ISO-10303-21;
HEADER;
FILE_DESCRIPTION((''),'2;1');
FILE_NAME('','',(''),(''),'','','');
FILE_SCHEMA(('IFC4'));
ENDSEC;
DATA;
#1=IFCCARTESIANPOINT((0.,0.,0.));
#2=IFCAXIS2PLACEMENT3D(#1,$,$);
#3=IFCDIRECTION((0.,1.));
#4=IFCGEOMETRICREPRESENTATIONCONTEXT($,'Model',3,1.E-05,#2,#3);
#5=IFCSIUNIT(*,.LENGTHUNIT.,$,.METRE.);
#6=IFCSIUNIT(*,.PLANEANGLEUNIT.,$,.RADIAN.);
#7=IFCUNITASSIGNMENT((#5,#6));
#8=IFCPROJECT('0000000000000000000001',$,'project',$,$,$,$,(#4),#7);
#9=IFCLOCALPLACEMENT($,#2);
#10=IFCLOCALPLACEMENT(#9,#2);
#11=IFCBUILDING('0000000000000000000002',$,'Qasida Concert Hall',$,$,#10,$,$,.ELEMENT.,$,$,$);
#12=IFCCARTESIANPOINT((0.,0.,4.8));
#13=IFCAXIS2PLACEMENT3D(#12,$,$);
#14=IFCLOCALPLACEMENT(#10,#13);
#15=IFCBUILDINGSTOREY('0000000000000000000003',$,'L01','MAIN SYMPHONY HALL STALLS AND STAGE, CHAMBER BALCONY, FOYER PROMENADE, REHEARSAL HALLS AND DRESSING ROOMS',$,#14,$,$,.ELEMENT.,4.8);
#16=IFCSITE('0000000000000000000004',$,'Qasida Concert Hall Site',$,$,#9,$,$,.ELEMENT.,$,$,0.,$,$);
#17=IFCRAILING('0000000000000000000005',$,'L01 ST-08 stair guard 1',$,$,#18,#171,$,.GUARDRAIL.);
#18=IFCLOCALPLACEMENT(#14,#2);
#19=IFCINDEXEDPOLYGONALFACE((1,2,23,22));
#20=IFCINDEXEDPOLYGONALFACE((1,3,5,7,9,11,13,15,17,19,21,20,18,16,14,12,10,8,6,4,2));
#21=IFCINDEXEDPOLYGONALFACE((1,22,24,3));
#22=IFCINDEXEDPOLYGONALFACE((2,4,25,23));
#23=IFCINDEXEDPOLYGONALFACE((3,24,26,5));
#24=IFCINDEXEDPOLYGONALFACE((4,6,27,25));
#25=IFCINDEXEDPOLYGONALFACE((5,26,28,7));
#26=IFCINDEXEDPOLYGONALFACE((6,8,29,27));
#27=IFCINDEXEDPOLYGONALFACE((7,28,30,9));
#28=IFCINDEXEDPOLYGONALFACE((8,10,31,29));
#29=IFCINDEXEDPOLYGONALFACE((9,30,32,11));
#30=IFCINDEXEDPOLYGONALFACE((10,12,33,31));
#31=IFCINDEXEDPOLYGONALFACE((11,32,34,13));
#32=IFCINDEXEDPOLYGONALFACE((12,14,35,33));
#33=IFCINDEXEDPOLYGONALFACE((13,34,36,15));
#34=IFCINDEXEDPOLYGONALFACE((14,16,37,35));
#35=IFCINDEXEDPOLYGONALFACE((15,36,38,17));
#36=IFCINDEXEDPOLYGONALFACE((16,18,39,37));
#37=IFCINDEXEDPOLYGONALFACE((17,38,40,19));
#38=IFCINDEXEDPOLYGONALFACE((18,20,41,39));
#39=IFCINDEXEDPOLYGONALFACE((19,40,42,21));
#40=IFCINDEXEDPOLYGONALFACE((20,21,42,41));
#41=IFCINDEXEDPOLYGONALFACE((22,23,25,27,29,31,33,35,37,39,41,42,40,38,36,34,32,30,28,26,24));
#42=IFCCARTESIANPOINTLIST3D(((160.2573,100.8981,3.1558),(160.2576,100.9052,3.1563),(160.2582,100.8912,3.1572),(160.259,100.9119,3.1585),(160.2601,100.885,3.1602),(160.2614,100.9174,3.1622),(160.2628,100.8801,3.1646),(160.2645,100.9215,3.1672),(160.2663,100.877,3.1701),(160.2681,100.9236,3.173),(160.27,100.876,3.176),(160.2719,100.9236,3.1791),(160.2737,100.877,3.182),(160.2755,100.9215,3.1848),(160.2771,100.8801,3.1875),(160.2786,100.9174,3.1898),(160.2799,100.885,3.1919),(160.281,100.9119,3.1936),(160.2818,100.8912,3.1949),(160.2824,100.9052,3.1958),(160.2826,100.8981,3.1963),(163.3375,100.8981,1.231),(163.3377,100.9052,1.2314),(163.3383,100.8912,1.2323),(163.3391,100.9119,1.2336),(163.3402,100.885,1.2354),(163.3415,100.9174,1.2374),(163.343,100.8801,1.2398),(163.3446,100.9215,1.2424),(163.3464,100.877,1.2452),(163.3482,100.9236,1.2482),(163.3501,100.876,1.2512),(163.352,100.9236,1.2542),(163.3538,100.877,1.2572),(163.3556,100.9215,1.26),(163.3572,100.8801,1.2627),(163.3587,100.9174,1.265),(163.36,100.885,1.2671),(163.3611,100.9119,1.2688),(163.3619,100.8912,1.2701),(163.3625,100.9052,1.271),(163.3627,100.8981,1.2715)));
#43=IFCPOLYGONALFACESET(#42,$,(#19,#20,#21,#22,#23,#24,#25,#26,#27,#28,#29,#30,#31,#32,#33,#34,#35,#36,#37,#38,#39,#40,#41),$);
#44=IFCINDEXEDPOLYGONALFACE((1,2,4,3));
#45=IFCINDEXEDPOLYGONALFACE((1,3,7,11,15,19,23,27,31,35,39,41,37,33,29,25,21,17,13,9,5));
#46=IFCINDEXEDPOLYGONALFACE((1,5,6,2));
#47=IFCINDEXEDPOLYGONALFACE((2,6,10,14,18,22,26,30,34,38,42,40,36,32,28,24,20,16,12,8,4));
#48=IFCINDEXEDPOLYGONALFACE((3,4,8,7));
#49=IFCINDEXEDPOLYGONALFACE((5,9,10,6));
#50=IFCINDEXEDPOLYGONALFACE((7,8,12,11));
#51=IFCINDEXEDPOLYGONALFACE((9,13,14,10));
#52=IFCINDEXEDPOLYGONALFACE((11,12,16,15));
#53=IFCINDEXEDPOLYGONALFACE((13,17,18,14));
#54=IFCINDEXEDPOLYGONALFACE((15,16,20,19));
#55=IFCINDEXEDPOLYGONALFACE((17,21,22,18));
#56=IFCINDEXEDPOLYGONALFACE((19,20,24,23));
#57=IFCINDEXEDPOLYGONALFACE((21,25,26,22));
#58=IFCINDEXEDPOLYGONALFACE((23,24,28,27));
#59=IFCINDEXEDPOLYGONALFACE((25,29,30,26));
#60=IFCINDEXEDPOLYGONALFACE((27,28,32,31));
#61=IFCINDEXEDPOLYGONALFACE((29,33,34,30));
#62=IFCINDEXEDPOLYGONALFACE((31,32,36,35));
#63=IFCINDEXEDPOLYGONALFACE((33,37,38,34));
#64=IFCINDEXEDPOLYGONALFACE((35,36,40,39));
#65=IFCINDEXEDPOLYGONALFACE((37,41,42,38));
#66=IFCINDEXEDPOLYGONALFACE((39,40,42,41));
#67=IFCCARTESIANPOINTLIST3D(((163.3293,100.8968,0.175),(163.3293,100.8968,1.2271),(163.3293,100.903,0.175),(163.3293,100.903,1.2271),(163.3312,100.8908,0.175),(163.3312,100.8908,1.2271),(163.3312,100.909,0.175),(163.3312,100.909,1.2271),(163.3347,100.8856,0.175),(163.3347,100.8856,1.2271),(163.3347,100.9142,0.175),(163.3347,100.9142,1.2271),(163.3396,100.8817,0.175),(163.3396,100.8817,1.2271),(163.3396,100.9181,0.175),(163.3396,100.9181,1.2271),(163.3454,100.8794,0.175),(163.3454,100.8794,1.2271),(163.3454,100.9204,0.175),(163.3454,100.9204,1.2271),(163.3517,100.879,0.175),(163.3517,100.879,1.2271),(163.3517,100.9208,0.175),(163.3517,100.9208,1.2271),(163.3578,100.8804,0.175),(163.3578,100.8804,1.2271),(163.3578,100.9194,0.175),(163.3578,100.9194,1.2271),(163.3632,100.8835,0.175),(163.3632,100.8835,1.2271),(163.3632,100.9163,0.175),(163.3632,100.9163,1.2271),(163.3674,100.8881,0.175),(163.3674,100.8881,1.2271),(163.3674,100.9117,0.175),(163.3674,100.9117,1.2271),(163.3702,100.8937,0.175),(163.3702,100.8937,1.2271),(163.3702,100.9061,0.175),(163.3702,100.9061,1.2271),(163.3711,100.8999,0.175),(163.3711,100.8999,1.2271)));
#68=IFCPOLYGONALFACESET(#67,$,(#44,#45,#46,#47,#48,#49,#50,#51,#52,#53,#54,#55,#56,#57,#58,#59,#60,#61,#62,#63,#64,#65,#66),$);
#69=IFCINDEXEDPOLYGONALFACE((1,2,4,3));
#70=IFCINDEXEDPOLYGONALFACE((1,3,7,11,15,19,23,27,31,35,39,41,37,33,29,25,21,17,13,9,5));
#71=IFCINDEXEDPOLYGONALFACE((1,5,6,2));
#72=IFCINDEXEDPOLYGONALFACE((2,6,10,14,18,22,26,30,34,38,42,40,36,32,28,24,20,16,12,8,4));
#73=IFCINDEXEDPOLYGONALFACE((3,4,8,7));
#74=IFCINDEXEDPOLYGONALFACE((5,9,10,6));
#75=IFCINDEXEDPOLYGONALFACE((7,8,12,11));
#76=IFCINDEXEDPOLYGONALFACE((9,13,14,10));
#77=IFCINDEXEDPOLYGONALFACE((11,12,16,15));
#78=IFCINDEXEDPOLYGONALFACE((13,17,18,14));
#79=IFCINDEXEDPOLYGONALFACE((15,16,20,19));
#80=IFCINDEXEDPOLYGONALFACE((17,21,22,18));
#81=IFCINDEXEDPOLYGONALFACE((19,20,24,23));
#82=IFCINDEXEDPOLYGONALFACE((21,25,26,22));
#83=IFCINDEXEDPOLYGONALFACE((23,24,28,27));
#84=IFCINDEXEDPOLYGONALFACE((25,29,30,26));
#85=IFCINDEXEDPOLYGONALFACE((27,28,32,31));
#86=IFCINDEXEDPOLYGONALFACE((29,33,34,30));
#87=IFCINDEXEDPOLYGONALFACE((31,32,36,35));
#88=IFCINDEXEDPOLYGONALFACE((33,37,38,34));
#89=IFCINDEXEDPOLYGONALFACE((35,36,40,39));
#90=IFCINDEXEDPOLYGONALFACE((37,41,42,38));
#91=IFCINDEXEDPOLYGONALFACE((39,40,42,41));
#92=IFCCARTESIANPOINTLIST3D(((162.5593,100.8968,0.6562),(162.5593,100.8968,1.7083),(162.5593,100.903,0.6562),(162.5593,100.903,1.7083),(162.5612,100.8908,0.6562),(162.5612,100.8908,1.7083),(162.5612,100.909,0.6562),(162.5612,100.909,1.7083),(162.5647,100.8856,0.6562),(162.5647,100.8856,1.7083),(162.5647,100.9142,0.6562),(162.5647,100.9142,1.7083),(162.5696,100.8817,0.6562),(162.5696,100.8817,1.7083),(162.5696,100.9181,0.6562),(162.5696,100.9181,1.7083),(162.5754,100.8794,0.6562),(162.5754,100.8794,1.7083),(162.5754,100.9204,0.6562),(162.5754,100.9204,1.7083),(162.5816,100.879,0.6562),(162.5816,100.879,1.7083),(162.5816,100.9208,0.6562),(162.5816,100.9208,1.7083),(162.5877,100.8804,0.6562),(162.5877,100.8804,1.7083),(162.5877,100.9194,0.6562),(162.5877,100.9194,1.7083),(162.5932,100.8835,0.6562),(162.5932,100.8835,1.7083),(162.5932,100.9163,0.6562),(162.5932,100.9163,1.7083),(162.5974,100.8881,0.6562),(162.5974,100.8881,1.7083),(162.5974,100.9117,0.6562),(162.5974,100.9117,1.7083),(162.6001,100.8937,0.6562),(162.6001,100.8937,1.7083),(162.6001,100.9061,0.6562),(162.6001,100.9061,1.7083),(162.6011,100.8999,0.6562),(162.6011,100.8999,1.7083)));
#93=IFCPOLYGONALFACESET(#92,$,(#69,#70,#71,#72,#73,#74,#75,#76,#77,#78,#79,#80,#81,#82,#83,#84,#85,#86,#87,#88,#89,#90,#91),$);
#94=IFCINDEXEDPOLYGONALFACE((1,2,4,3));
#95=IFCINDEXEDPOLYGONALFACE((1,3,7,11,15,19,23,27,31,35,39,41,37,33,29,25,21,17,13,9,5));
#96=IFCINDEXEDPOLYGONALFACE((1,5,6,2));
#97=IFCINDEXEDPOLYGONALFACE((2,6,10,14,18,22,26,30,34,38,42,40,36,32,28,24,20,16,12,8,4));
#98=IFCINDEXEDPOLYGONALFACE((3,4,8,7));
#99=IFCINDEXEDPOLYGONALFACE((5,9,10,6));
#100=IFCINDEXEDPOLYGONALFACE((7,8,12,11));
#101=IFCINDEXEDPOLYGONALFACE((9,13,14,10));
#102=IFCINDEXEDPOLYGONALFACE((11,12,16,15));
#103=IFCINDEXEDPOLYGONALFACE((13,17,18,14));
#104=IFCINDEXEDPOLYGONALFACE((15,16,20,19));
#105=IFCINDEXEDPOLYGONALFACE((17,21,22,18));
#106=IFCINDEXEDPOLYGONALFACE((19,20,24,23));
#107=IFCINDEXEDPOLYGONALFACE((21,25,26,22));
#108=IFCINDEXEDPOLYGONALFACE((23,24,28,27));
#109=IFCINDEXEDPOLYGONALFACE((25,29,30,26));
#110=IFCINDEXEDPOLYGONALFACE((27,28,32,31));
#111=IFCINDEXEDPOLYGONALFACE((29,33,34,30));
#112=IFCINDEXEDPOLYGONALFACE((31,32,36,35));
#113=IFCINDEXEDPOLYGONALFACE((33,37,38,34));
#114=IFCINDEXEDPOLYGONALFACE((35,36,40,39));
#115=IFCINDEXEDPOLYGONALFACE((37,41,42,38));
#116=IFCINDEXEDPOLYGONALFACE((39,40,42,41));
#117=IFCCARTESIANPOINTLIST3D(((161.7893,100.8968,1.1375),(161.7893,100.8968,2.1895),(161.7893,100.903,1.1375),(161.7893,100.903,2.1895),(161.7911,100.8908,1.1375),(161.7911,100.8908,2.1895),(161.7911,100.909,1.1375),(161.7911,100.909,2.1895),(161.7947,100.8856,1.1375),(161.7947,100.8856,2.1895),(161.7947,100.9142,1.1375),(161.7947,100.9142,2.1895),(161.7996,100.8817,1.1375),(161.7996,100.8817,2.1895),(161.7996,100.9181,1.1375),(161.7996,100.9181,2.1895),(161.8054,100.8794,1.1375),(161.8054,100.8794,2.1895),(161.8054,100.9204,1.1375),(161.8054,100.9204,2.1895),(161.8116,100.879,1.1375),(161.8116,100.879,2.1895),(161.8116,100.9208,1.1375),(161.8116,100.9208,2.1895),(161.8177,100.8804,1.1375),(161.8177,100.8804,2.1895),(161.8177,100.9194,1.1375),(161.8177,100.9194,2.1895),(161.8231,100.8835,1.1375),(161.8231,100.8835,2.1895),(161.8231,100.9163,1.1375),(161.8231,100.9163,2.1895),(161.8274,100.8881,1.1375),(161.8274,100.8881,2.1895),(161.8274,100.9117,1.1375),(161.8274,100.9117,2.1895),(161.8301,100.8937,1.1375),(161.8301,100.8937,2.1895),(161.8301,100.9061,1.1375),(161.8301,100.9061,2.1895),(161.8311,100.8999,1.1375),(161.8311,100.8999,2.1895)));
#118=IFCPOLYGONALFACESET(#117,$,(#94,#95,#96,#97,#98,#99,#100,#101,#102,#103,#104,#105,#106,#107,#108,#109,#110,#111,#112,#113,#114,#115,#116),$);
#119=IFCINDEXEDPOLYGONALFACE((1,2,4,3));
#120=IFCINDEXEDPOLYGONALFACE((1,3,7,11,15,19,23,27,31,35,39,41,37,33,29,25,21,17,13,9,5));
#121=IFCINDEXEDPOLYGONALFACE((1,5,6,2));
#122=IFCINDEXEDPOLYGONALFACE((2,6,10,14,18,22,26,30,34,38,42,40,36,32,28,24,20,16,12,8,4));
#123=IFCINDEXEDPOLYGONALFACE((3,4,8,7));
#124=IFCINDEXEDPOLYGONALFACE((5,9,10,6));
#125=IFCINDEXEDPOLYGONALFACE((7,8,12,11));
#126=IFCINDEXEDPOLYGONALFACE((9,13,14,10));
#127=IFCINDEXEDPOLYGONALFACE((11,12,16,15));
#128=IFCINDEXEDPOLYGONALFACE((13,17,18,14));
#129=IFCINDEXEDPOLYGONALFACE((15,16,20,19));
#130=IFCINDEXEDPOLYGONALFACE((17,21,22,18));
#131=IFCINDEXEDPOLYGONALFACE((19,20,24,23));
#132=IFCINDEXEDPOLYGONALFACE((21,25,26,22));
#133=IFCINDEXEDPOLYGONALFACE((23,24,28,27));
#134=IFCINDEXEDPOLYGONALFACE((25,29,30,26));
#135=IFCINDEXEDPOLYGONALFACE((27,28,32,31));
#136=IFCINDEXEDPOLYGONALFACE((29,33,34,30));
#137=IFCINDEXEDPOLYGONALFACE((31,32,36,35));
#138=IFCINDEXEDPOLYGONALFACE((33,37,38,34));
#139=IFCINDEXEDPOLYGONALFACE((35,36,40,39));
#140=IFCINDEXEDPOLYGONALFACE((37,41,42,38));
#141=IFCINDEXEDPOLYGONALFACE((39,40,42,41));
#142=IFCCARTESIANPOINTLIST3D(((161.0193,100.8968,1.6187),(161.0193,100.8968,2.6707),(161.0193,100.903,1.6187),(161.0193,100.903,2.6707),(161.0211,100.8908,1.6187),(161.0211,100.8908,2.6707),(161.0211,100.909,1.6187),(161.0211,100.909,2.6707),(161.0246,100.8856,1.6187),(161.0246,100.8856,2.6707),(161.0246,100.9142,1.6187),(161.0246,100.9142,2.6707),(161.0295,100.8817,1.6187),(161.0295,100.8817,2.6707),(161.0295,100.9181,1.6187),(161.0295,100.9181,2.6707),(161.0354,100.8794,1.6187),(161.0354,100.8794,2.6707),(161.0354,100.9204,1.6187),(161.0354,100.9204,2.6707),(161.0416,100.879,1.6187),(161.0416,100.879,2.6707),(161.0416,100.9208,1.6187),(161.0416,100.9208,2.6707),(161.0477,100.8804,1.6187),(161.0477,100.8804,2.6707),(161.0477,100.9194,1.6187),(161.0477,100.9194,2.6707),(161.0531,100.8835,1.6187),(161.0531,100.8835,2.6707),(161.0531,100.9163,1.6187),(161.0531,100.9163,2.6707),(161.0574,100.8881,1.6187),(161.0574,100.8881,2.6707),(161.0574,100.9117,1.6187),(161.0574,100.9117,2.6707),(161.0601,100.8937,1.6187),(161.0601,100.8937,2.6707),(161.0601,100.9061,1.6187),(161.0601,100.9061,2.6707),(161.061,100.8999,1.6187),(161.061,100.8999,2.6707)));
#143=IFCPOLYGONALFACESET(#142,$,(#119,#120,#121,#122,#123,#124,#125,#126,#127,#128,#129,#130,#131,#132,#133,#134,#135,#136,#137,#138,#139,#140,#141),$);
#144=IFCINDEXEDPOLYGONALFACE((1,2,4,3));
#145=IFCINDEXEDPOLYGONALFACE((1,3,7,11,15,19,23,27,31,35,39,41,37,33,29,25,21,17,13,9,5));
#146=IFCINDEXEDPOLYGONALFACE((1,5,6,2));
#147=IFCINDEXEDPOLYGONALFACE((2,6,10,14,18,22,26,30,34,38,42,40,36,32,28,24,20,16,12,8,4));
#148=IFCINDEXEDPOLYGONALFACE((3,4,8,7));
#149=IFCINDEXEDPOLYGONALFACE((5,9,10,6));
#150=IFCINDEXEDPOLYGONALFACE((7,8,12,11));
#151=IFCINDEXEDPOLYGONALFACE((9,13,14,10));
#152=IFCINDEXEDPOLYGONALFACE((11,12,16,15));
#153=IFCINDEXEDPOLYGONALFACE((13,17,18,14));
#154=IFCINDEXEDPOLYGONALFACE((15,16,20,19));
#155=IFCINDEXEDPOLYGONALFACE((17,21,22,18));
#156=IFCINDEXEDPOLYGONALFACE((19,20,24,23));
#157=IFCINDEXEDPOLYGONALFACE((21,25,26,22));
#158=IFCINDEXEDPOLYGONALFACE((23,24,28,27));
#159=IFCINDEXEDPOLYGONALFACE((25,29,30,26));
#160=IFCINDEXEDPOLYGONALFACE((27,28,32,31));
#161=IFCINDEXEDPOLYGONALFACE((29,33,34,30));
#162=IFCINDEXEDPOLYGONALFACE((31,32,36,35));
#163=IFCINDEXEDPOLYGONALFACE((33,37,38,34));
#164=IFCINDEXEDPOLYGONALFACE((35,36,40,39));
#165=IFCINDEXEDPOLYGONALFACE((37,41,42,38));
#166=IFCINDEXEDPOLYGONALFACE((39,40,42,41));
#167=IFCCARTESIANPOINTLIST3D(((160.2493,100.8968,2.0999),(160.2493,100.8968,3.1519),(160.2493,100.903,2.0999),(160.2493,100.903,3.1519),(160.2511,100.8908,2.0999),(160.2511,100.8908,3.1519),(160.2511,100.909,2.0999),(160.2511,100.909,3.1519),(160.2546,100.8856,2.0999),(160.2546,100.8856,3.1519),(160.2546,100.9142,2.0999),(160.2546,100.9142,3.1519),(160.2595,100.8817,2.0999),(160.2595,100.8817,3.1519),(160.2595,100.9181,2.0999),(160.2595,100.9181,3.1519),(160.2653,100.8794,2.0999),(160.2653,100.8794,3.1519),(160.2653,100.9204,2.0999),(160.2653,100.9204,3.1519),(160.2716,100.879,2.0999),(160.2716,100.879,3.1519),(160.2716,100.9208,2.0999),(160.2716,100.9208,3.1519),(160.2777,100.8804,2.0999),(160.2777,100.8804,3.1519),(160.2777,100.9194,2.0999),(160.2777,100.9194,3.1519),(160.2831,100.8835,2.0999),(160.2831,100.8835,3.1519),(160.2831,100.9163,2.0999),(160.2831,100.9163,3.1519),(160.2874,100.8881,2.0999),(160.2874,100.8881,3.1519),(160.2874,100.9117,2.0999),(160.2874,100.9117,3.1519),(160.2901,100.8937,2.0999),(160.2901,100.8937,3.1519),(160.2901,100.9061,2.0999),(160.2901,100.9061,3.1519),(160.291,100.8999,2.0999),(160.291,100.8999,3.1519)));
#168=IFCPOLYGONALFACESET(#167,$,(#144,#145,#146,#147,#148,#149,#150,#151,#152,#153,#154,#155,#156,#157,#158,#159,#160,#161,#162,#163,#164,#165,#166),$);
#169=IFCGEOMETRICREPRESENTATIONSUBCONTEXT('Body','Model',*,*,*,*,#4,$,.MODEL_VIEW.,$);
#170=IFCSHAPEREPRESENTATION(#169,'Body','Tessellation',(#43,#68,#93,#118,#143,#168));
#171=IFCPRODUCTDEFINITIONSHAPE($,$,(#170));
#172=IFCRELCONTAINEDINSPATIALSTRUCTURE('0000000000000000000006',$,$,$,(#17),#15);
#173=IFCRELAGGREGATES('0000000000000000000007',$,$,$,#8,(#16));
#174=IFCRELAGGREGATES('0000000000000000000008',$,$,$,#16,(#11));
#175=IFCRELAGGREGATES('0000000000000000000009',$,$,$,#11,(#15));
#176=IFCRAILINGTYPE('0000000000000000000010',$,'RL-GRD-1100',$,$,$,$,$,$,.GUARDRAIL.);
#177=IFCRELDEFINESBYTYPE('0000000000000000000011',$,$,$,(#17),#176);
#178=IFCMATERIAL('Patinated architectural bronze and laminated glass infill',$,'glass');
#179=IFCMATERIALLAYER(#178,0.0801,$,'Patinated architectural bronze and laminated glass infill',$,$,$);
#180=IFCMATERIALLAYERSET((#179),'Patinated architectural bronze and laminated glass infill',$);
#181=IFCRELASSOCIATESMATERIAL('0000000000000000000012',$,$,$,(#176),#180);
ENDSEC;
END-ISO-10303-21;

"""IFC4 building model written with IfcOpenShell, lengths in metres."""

from ifc_helpers import new_model, si_unit, direction, frame, origin, origin_2d, place, context, subcontext, project, spatial, circle, extrude, material, layer, layer_set, type_object, element, save


model = new_model("IFC4")

# Units and contexts
model_context = context("Model", 3, precision=1e-05, world=origin(), true_north=direction((0.0, 1.0)))
body_context = subcontext(model_context, "Body", "Model", "MODEL_VIEW")
ifc_project = project(units=[si_unit("LENGTHUNIT", "METRE"), si_unit("PLANEANGLEUNIT", "RADIAN")], contexts=[model_context])

# Site, building, storey
site_placement = place(None, origin())
site = spatial("IfcSite", under=ifc_project, at=site_placement, Name="Qasida Concert Hall Site", CompositionType="ELEMENT", RefElevation=0.0)
building_placement = place(site_placement, origin())
building = spatial("IfcBuilding", under=site, at=building_placement, Name="Qasida Concert Hall", CompositionType="ELEMENT")
storey_placement = place(building_placement, frame((0.0, 0.0, 4.8)))
storey = spatial("IfcBuildingStorey", under=building, at=storey_placement, Name="L01", Description="MAIN SYMPHONY HALL STALLS AND STAGE, CHAMBER BALCONY, FOYER PROMENADE, REHEARSAL HALLS AND DRESSING ROOMS", CompositionType="ELEMENT", Elevation=4.8)

# Railing
ifc_material_1 = material(Name="Patinated architectural bronze and laminated glass infill", Category="glass")
ifc_layer_1 = layer(ifc_material_1, 0.0801, Name="Patinated architectural bronze and laminated glass infill")
ifc_layer_set_1 = layer_set([ifc_layer_1], Name="Patinated architectural bronze and laminated glass infill")
railing_type_1 = type_object("IfcRailingType", Name="RL-GRD-1100", PredefinedType="GUARDRAIL", material=ifc_layer_set_1)
railing_1_placement = place(storey_placement, frame((163.3501, 100.8999, 0.175)))
element("IfcRailing", 1, at=railing_1_placement, inside=storey, type_object=railing_type_1, Name="L01 ST-08 stair guard 1", PredefinedType="GUARDRAIL", context=body_context, shape_type="SweptSolid", body=[
    extrude(circle(Radius=0.0239, at=origin_2d()), frame((0.0, 0.0, 1.0762), z_axis=(-0.848029, 0.0, 0.529951), x_axis=(0.0, -1.0, 0.0)), (0.0, 0.0, 1.0), 3.6321),
    extrude(circle(Radius=0.021, at=origin_2d()), origin(), (0.0, 0.0, 1.0), 1.052),
    extrude(circle(Radius=0.021, at=origin_2d()), frame((-0.77, 0.0, 0.4812)), (0.0, 0.0, 1.0), 1.052),
    extrude(circle(Radius=0.021, at=origin_2d()), frame((-1.54, 0.0, 0.9624)), (0.0, 0.0, 1.0), 1.052),
    extrude(circle(Radius=0.021, at=origin_2d()), frame((-2.3101, 0.0, 1.4436)), (0.0, 0.0, 1.0), 1.052),
    extrude(circle(Radius=0.021, at=origin_2d()), frame((-3.0801, 0.0, 1.9248)), (0.0, 0.0, 1.0), 1.052),
])

save(model, "model.ifc")
